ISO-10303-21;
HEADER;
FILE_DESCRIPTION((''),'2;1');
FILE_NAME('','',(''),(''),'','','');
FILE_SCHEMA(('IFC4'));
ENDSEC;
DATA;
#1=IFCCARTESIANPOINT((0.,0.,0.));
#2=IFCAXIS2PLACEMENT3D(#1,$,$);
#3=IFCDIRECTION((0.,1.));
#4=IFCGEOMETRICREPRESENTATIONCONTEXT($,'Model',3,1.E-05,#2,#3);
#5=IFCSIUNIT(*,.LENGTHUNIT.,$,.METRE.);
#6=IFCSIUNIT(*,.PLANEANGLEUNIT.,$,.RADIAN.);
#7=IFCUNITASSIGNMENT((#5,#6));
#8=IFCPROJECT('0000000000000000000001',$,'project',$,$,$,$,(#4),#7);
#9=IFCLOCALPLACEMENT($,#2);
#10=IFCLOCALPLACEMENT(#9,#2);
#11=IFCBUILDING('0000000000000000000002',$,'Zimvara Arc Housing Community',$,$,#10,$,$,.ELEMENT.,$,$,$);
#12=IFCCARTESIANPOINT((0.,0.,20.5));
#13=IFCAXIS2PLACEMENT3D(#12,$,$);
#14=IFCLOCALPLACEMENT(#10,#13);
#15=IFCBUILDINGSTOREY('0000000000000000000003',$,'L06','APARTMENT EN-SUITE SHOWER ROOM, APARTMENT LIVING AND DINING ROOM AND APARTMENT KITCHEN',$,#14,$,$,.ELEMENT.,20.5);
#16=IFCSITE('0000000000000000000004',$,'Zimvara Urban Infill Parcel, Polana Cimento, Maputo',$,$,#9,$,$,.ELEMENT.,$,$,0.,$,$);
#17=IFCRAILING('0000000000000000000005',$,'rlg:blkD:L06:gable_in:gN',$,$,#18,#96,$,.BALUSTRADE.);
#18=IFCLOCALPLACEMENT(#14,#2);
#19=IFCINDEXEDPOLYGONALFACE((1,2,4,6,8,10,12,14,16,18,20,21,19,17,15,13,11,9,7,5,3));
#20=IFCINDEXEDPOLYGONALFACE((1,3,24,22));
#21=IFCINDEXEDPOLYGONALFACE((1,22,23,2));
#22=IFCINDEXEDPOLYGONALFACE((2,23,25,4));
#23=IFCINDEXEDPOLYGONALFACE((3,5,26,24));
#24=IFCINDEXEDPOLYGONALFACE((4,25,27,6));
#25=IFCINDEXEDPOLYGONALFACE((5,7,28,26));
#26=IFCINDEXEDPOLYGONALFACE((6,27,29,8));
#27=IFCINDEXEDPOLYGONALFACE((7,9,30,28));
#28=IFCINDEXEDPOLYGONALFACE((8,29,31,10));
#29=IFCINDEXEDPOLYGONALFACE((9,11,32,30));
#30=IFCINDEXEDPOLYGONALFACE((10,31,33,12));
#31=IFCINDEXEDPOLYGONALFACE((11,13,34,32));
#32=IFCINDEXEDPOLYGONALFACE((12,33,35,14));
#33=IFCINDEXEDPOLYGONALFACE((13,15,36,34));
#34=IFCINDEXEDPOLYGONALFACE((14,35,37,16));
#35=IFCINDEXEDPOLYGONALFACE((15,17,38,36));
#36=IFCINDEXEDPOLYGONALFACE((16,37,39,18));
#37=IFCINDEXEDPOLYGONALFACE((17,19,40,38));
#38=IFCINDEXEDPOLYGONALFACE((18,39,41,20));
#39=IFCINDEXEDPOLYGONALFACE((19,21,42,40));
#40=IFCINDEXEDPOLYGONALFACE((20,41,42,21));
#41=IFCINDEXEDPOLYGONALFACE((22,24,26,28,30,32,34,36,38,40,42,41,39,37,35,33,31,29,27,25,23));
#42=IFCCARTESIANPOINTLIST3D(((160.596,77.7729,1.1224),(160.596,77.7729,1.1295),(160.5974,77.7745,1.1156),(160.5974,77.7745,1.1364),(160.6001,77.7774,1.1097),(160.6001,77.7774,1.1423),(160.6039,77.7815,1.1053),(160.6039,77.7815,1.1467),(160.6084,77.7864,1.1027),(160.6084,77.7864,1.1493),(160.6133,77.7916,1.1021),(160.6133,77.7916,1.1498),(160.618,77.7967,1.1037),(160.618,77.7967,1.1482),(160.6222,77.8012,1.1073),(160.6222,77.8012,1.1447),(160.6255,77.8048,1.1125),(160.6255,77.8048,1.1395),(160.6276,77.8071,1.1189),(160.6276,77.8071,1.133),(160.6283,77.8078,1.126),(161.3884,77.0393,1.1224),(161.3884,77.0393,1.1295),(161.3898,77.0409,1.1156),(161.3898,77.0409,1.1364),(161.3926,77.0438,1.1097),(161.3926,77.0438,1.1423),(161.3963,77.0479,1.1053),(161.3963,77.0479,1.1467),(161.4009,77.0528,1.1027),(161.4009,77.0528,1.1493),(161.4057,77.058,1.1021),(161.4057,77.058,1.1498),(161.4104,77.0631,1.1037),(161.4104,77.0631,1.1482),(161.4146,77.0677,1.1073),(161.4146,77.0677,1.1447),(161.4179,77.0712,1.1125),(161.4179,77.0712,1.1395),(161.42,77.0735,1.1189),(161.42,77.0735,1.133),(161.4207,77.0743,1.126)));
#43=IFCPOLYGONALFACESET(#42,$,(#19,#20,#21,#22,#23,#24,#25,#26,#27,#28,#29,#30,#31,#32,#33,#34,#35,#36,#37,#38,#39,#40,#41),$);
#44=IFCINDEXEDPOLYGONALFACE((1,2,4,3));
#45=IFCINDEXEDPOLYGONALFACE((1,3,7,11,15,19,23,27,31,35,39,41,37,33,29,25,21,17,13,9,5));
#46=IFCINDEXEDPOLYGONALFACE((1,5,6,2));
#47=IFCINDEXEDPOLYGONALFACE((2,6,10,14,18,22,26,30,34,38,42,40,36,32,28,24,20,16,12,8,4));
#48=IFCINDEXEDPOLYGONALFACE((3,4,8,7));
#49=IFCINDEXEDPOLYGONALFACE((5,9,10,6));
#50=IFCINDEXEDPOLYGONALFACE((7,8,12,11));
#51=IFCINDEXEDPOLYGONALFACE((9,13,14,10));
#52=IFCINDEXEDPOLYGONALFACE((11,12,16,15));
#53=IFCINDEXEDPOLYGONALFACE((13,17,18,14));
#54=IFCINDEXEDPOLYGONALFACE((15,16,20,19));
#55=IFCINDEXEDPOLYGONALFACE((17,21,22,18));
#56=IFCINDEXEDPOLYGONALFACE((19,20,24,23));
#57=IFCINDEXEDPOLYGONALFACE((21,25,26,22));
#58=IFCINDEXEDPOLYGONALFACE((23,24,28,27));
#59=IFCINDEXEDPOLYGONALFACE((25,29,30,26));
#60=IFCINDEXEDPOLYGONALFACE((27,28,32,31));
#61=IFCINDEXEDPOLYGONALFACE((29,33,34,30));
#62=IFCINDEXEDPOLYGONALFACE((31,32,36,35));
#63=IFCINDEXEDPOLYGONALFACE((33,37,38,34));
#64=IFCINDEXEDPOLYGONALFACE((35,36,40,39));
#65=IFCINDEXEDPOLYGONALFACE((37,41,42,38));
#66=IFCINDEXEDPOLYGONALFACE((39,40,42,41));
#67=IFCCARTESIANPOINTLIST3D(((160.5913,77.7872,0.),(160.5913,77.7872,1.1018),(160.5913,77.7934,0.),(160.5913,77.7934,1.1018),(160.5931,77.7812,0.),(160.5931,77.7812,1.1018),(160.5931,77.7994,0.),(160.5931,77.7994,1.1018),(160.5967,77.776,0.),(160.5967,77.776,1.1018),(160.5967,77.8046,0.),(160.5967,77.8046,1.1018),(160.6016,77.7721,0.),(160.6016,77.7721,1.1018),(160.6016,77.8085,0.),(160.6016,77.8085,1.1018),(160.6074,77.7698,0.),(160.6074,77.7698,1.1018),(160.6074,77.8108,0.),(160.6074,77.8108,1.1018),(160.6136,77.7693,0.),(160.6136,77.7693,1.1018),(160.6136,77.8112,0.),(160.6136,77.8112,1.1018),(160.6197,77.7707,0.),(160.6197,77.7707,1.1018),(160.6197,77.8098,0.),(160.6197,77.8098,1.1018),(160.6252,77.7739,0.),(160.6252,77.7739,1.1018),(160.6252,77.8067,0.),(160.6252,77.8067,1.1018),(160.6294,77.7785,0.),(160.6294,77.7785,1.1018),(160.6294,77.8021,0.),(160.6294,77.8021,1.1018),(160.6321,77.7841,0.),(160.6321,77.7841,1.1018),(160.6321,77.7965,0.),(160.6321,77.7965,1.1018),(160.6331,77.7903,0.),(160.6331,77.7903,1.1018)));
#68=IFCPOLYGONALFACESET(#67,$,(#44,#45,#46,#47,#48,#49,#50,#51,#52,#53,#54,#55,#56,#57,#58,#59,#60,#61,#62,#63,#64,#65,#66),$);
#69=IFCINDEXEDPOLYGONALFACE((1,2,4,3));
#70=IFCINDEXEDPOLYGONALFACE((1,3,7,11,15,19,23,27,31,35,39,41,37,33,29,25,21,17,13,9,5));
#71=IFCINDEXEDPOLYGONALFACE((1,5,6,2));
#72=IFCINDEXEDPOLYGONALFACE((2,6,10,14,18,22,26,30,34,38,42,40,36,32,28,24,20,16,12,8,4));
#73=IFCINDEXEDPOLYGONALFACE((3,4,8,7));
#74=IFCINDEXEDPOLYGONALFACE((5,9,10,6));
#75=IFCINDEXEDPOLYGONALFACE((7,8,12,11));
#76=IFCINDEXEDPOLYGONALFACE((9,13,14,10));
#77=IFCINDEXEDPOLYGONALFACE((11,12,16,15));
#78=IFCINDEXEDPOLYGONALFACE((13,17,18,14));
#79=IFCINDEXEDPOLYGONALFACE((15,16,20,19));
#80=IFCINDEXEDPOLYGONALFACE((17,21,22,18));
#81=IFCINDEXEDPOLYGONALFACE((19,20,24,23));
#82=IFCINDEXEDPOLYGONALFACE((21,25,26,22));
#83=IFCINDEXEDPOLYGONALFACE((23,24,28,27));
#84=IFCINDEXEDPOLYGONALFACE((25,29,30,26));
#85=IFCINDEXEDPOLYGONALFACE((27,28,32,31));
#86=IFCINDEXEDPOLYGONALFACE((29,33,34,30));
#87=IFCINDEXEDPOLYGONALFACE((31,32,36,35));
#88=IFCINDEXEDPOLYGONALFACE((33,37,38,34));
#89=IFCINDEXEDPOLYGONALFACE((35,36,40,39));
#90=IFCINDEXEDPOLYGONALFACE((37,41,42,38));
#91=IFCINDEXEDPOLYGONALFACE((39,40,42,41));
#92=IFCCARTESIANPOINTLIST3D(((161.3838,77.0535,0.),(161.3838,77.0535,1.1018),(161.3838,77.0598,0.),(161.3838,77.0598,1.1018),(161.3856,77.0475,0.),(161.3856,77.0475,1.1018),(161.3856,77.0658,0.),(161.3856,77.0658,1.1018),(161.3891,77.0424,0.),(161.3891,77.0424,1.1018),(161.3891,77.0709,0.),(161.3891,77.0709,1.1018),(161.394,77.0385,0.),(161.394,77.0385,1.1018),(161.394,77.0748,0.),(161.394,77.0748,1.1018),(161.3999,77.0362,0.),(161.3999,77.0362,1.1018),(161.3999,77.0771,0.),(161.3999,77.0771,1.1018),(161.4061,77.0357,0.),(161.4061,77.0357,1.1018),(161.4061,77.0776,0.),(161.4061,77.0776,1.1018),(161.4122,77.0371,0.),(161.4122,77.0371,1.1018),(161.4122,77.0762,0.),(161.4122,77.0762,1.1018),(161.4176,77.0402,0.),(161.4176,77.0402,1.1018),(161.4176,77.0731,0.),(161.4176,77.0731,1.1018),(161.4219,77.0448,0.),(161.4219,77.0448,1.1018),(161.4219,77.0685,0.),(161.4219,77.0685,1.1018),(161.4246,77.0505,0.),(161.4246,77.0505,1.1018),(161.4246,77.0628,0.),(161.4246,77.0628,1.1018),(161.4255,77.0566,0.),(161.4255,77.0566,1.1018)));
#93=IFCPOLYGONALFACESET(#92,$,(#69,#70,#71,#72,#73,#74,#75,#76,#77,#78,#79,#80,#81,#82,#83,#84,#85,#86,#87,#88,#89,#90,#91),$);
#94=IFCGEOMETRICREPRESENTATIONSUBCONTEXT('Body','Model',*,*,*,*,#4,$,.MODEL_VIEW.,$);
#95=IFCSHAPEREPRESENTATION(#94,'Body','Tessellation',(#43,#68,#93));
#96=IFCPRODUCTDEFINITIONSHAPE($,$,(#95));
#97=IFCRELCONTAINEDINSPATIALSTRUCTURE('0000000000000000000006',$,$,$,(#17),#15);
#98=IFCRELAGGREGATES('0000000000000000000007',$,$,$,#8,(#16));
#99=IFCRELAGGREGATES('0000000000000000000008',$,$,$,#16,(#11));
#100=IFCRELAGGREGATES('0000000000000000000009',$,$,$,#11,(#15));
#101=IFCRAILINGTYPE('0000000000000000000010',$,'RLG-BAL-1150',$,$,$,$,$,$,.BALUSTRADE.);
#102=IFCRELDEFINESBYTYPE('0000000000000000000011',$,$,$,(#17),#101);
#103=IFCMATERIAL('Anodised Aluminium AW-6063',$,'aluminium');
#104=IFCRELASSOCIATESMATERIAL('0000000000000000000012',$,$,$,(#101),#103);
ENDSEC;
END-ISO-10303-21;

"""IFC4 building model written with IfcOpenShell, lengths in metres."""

from ifc_helpers import new_model, si_unit, direction, frame, origin, origin_2d, place, context, subcontext, project, spatial, circle, extrude, material, type_object, element, save


model = new_model("IFC4")

# Units and contexts
model_context = context("Model", 3, precision=1e-05, world=origin(), true_north=direction((0.0, 1.0)))
body_context = subcontext(model_context, "Body", "Model", "MODEL_VIEW")
ifc_project = project(units=[si_unit("LENGTHUNIT", "METRE"), si_unit("PLANEANGLEUNIT", "RADIAN")], contexts=[model_context])

# Site, building, storey
site_placement = place(None, origin())
site = spatial("IfcSite", under=ifc_project, at=site_placement, Name="Zimvara Urban Infill Parcel, Polana Cimento, Maputo", CompositionType="ELEMENT", RefElevation=0.0)
building_placement = place(site_placement, origin())
building = spatial("IfcBuilding", under=site, at=building_placement, Name="Zimvara Arc Housing Community", CompositionType="ELEMENT")
storey_placement = place(building_placement, frame((0.0, 0.0, 20.5)))
storey = spatial("IfcBuildingStorey", under=building, at=storey_placement, Name="L06", Description="APARTMENT EN-SUITE SHOWER ROOM, APARTMENT LIVING AND DINING ROOM AND APARTMENT KITCHEN", CompositionType="ELEMENT", Elevation=20.5)

# Railing
ifc_material_1 = material(Name="Anodised Aluminium AW-6063", Category="aluminium")
railing_type_1 = type_object("IfcRailingType", Name="RLG-BAL-1150", PredefinedType="BALUSTRADE", material=ifc_material_1)
railing_1_placement = place(storey_placement, frame((160.6121, 77.7903, 0.0)))
element("IfcRailing", 1, at=railing_1_placement, inside=storey, type_object=railing_type_1, Name="rlg:blkD:L06:gable_in:gN", PredefinedType="BALUSTRADE", context=body_context, shape_type="SweptSolid", body=[
    extrude(circle(Radius=0.0239, at=origin_2d()), frame((0.0, 0.0, 1.126), z_axis=(0.733823, -0.67934, 0.0), x_axis=(0.67934, 0.733823, 0.0)), (0.0, 0.0, 1.0), 1.0798),
    extrude(circle(Radius=0.021, at=origin_2d()), origin(), (0.0, 0.0, 1.0), 1.1018),
    extrude(circle(Radius=0.021, at=origin_2d()), frame((0.7925, -0.7336, 0.0)), (0.0, 0.0, 1.0), 1.1018),
])

save(model, "model.ifc")
